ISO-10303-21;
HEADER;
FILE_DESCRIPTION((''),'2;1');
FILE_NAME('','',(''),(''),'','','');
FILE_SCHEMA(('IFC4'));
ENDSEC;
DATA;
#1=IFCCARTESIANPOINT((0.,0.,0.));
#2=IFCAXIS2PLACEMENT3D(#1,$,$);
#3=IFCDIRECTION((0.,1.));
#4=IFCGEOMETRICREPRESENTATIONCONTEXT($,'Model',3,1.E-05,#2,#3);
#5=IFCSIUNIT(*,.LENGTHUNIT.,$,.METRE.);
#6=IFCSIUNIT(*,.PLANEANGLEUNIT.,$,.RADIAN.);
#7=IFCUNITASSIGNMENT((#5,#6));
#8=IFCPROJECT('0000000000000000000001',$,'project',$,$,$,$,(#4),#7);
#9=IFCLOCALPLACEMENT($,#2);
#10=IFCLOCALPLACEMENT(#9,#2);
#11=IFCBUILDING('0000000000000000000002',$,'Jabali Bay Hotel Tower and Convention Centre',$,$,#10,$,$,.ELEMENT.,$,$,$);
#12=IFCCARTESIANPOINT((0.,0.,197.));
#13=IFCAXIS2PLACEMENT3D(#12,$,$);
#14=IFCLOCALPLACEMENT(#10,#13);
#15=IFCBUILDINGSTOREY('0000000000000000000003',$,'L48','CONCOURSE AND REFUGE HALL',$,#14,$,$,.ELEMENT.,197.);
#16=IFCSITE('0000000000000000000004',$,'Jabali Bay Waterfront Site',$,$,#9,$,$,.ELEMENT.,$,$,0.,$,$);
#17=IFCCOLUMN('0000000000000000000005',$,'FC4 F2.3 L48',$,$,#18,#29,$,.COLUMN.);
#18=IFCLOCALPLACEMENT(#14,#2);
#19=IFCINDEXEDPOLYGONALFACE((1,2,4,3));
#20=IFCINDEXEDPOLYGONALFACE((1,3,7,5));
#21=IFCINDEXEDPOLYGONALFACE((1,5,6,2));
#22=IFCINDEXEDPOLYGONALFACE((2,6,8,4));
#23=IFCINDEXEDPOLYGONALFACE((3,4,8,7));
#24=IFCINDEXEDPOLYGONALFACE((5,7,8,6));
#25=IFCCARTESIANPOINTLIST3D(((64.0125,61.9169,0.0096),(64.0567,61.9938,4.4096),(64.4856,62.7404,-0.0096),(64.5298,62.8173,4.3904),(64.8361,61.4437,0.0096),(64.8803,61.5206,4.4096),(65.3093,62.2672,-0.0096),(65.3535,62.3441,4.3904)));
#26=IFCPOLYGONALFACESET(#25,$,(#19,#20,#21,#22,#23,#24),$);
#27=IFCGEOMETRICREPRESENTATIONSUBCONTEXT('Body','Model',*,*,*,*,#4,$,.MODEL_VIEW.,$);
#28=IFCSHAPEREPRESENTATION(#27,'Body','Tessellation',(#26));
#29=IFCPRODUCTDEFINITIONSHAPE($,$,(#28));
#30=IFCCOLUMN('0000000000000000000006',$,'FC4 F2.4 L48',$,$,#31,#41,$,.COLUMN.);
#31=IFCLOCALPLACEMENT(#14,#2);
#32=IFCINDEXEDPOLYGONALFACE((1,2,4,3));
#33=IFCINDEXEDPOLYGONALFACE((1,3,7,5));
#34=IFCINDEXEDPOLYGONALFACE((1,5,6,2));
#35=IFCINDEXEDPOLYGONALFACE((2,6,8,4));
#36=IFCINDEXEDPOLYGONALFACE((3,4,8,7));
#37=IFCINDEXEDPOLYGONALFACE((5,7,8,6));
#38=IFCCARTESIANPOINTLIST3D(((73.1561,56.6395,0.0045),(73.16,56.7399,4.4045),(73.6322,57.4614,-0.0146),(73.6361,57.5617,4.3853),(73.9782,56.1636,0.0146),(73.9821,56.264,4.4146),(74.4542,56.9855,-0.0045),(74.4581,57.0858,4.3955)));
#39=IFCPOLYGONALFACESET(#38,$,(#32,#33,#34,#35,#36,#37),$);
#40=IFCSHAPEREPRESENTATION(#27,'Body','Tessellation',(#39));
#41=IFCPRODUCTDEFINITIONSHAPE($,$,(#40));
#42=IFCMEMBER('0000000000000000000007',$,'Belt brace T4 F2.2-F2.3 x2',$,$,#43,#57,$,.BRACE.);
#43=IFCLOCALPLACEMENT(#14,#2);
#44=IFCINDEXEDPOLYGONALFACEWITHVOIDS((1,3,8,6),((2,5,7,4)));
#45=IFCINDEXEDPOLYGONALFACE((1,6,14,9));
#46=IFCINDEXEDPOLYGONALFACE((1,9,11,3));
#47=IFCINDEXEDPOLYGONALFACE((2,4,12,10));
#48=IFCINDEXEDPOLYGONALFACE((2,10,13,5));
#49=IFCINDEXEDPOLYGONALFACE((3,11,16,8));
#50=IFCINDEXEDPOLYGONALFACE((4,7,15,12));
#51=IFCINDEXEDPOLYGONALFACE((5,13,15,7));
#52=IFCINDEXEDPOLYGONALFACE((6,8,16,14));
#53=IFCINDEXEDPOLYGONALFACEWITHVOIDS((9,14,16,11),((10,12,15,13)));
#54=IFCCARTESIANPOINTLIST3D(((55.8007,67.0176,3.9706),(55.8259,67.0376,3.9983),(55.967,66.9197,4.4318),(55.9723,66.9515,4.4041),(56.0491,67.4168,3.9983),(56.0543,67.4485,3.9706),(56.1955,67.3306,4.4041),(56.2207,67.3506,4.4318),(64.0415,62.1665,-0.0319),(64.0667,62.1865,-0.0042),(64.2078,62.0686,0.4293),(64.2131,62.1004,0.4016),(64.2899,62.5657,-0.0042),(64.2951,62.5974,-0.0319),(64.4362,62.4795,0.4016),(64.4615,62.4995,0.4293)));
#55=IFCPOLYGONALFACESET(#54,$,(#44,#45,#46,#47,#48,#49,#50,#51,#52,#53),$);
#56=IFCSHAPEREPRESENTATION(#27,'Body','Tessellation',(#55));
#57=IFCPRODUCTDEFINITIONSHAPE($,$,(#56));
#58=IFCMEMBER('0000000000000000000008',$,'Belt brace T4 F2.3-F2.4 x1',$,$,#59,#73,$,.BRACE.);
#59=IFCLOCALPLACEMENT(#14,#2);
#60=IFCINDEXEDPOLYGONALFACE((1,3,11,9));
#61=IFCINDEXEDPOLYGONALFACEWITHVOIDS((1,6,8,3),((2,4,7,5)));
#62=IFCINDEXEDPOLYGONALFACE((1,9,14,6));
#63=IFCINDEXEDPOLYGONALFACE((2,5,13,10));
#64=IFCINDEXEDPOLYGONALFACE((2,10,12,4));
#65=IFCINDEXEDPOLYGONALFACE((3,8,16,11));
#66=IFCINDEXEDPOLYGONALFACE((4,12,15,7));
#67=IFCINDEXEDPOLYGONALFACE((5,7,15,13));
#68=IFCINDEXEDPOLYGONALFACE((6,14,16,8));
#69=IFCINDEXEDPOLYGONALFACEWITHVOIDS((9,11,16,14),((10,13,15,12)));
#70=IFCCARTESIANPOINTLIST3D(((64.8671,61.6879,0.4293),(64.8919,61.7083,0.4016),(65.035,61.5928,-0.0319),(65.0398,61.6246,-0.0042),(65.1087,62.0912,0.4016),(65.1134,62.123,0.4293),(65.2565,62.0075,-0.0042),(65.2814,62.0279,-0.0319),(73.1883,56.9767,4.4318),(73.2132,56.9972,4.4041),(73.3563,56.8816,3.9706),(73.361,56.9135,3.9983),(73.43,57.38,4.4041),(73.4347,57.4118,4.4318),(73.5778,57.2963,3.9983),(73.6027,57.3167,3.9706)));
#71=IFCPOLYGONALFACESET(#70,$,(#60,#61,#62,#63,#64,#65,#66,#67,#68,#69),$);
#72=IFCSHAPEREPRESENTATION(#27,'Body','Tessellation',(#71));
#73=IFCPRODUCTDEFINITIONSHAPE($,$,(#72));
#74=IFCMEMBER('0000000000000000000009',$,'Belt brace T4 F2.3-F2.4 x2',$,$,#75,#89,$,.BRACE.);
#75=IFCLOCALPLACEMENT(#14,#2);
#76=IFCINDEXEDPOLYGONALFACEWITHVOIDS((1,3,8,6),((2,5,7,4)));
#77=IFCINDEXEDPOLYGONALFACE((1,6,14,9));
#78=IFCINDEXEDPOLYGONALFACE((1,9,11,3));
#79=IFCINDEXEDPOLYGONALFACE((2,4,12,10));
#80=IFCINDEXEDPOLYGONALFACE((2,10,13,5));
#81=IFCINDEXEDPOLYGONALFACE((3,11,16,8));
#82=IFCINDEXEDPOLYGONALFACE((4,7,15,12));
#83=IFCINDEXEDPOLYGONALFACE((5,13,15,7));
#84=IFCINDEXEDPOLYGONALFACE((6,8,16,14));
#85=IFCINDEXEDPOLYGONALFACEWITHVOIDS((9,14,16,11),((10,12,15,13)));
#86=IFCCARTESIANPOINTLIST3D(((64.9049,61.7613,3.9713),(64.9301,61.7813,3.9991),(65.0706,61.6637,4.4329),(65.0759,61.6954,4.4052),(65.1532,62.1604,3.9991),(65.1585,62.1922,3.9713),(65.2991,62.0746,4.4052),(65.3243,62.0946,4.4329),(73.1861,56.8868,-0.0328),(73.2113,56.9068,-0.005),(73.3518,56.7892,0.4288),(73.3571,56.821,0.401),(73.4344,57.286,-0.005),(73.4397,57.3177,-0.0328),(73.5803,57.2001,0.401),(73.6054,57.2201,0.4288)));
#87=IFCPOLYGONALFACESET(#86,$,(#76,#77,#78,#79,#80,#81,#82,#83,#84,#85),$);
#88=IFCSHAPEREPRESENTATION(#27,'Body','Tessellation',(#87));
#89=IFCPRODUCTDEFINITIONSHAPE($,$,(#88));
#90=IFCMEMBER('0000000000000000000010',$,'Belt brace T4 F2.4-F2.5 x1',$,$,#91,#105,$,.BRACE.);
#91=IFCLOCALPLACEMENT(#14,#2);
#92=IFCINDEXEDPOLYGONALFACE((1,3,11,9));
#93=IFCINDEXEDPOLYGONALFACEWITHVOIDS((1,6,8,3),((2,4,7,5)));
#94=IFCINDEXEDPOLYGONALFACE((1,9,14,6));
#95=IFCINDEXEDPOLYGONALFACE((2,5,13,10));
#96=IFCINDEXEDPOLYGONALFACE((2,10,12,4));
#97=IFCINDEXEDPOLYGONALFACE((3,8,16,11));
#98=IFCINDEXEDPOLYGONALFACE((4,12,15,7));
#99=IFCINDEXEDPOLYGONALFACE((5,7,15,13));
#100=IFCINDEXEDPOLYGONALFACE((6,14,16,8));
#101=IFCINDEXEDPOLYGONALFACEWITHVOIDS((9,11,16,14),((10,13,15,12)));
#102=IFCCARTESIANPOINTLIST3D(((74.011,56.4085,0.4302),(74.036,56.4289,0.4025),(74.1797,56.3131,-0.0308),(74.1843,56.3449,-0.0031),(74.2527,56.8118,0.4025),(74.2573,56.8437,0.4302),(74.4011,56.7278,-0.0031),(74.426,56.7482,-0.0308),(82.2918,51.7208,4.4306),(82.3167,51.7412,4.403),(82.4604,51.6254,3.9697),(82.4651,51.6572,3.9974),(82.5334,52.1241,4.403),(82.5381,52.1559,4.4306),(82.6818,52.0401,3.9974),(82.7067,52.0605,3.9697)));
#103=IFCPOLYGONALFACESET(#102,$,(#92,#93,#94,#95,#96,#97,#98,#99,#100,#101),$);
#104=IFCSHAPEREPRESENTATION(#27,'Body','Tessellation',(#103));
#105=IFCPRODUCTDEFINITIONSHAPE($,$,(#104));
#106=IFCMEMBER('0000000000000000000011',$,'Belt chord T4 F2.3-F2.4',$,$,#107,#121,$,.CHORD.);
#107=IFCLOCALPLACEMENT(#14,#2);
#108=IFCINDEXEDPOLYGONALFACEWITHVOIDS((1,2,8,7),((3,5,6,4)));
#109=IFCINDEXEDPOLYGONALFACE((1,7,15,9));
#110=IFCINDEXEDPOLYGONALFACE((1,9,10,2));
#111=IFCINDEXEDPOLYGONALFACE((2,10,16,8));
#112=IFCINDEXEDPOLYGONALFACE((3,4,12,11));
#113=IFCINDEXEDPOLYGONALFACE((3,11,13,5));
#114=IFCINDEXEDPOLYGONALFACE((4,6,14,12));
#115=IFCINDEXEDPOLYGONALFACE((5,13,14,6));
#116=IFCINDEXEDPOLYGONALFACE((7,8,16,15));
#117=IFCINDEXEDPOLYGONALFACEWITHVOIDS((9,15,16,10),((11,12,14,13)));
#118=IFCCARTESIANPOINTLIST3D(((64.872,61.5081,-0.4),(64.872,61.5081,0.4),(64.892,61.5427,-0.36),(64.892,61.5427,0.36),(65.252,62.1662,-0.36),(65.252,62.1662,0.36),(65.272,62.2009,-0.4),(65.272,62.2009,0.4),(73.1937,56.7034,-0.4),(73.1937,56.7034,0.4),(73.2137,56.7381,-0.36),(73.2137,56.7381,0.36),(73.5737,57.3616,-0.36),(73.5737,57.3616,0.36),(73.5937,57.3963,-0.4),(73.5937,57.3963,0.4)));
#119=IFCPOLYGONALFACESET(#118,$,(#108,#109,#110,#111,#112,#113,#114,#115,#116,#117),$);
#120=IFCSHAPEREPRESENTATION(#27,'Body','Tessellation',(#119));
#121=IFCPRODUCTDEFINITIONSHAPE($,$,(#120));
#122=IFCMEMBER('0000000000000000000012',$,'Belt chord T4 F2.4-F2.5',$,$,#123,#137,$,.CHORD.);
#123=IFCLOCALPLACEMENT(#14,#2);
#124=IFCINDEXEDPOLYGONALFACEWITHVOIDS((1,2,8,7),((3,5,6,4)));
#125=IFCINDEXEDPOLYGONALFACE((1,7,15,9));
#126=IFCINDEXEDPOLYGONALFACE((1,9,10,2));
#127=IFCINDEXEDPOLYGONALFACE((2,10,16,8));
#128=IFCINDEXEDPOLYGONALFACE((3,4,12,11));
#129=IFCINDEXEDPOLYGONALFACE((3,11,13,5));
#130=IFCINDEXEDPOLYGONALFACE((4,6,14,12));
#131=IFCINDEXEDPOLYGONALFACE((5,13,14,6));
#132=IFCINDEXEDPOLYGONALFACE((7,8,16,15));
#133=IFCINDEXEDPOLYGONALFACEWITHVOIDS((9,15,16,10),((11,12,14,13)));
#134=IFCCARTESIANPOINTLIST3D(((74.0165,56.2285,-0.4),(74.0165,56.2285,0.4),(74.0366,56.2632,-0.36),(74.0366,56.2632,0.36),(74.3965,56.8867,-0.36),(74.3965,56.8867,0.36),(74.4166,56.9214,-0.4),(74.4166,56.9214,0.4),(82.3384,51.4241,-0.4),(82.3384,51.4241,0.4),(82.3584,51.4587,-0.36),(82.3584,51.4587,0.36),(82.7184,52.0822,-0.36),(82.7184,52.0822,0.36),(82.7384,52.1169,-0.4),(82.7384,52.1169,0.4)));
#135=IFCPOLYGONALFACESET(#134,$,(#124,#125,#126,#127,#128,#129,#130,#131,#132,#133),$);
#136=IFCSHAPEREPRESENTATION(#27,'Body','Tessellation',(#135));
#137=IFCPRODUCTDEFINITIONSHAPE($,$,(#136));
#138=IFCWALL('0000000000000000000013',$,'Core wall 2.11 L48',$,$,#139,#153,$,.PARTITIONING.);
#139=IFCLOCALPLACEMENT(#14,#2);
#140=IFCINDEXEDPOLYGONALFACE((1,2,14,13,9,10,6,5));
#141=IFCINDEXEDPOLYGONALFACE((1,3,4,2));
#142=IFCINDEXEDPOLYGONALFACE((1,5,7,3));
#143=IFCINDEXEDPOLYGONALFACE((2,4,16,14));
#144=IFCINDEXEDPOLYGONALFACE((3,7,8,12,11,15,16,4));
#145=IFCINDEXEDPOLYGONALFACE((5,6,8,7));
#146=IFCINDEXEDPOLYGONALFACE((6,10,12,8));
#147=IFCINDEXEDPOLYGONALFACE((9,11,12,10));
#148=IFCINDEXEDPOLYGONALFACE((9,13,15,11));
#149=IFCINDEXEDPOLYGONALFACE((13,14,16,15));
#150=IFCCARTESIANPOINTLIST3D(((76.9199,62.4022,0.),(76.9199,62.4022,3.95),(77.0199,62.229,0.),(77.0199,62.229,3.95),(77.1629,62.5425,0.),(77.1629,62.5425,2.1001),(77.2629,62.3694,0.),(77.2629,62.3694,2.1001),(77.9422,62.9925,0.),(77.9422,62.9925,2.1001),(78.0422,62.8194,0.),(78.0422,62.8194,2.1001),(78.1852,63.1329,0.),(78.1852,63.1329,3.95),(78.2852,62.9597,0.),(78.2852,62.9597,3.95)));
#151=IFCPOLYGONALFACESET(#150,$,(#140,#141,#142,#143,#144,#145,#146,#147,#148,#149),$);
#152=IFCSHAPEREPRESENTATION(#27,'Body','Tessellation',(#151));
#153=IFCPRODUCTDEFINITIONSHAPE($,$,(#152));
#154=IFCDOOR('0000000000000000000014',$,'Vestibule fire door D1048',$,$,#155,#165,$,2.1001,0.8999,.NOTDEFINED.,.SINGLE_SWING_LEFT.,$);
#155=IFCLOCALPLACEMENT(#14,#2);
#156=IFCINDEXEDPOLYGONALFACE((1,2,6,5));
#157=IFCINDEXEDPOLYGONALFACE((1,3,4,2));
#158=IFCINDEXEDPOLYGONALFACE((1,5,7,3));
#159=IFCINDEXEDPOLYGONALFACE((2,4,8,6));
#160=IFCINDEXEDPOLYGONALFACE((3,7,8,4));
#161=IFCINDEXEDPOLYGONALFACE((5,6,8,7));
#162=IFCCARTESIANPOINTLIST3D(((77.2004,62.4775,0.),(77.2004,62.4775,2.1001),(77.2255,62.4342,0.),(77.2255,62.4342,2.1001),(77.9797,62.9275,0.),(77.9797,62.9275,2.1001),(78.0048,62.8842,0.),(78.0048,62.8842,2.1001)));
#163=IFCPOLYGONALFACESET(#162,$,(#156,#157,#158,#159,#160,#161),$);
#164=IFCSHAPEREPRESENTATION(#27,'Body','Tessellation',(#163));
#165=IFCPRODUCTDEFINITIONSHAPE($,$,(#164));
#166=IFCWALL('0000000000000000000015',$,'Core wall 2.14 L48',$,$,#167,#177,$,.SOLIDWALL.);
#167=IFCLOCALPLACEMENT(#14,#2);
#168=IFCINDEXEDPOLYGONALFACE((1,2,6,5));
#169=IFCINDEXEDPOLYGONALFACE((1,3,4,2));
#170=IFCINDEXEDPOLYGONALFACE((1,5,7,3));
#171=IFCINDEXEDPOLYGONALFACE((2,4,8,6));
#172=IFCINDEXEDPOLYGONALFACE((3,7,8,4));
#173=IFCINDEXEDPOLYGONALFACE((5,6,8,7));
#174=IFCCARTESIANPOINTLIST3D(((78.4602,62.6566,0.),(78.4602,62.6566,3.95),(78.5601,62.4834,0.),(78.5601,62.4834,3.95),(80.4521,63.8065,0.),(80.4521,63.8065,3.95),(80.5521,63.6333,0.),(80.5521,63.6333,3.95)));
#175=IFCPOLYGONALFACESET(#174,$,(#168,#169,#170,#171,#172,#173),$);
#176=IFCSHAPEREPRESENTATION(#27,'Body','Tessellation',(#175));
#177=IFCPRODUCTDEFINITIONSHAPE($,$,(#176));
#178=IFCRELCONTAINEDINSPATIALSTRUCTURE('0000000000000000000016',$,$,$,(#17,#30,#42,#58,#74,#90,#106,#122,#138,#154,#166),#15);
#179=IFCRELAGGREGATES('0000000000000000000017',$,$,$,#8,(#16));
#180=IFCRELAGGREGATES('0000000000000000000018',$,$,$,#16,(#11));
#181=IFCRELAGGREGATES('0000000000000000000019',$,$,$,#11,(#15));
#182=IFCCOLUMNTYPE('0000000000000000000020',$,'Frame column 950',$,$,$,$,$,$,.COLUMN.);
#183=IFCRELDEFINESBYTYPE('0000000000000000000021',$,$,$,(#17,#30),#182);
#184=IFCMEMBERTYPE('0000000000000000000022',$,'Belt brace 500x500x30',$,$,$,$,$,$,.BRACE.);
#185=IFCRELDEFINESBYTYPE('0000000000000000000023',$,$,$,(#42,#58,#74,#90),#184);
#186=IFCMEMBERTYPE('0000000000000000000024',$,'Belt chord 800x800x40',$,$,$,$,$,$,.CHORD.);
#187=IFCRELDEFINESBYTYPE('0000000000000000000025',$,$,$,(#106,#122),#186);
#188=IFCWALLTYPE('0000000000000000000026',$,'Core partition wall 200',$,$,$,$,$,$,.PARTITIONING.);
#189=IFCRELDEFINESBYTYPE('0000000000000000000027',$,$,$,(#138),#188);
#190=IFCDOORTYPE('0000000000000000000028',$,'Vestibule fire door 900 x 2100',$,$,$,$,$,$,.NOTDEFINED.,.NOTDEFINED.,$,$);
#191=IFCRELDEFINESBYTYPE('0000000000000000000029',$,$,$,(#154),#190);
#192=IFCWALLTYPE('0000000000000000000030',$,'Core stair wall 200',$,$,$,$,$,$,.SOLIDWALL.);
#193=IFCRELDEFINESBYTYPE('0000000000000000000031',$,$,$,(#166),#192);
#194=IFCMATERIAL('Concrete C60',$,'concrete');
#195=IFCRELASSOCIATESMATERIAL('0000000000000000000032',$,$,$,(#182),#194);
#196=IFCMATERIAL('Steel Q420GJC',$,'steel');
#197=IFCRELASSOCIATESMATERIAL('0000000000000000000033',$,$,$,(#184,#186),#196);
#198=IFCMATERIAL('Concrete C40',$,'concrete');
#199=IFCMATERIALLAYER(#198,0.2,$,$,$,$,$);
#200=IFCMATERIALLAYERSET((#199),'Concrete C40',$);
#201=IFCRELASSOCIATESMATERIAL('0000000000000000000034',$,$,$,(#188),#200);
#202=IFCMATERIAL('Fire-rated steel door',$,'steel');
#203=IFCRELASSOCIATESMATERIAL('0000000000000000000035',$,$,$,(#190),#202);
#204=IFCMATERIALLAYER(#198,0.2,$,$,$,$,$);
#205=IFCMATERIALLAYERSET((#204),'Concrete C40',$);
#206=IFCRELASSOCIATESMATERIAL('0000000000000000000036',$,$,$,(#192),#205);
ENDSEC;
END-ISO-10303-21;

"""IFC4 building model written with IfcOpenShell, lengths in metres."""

from ifc_helpers import new_model, si_unit, direction, frame, frame_2d, origin, origin_2d, place, context, subcontext, project, spatial, rectangle, hollow_rectangle, extrude, material, layer, layer_set, material_profile, profile_set, type_object, element, fill, save


model = new_model("IFC4")

# Units and contexts
model_context = context("Model", 3, precision=1e-05, world=origin(), true_north=direction((0.0, 1.0)))
body_context = subcontext(model_context, "Body", "Model", "MODEL_VIEW")
ifc_project = project(units=[si_unit("LENGTHUNIT", "METRE"), si_unit("PLANEANGLEUNIT", "RADIAN")], contexts=[model_context])

# Site, building, storey
site_placement = place(None, origin())
site = spatial("IfcSite", under=ifc_project, at=site_placement, Name="Jabali Bay Waterfront Site", CompositionType="ELEMENT", RefElevation=0.0)
building_placement = place(site_placement, origin())
building = spatial("IfcBuilding", under=site, at=building_placement, Name="Jabali Bay Hotel Tower and Convention Centre", CompositionType="ELEMENT")
storey_placement = place(building_placement, frame((0.0, 0.0, 197.0)))
storey = spatial("IfcBuildingStorey", under=building, at=storey_placement, Name="L48", Description="CONCOURSE AND REFUGE HALL", CompositionType="ELEMENT", Elevation=197.0)

# Columns
ifc_material_1 = material(Name="Concrete C60", Category="concrete")
ifc_material_profile_1 = material_profile(ifc_material_1, rectangle(XDim=0.95, YDim=0.95, at=origin_2d()), Name="Frame column 950")
ifc_profile_set_1 = profile_set([ifc_material_profile_1], Name="Concrete C60")
column_type = type_object("IfcColumnType", Name="Frame column 950", PredefinedType="COLUMN", material=ifc_profile_set_1)
column_1_placement = place(storey_placement, frame((64.6609, 62.092, 0.0), z_axis=(0.010041, 0.017475, 0.999797), x_axis=(-0.867057, 0.498209, 0.0)))
element("IfcColumn", 1, at=column_1_placement, inside=storey, type_object=column_type, Name="FC4 F2.3 L48", PredefinedType="COLUMN", context=body_context, shape_type="SweptSolid", body=[
    extrude(rectangle(XDim=0.95, YDim=0.95, at=origin_2d()), origin(), (0.0, 0.0, 1.0), 4.4009),
])
column_2_placement = place(storey_placement, frame((73.8052, 56.8125, 0.0), z_axis=(0.000888, 0.0228, 0.99974), x_axis=(-0.501113, -0.865147, 0.020175)))
element("IfcColumn", 2, at=column_2_placement, inside=storey, type_object=column_type, Name="FC4 F2.4 L48", PredefinedType="COLUMN", context=body_context, shape_type="SweptSolid", body=[
    extrude(rectangle(XDim=0.95, YDim=0.95, at=origin_2d()), origin(), (0.0, 0.0, 1.0), 4.4011),
])

# Members
ifc_material_2 = material(Name="Steel Q420GJC", Category="steel")
ifc_material_profile_2 = material_profile(ifc_material_2, hollow_rectangle(XDim=0.5, YDim=0.5, WallThickness=0.03, at=origin_2d()), Name="Belt brace 500x500x30")
ifc_profile_set_2 = profile_set([ifc_material_profile_2], Name="Steel Q420GJC")
member_type_1 = type_object("IfcMemberType", Name="Belt brace 500x500x30", PredefinedType="BRACE", material=ifc_profile_set_2)
member_1_placement = place(storey_placement, frame((64.2515, 62.333, 0.1987), z_axis=(-0.794947, 0.467962, 0.386098), x_axis=(-0.507299, -0.86177, 0.0)))
element("IfcMember", 3, at=member_1_placement, inside=storey, type_object=member_type_1, Name="Belt brace T4 F2.2-F2.3 x2", PredefinedType="BRACE", context=body_context, shape_type="SweptSolid", body=[
    extrude(hollow_rectangle(XDim=0.5, YDim=0.5, WallThickness=0.03, at=origin_2d()), origin(), (0.0, 0.0, 1.0), 10.3665),
])
member_2_placement = place(storey_placement, frame((65.0742, 61.8579, 0.1987), z_axis=(0.802731, -0.454474, 0.386104), x_axis=(0.492679, 0.870211, 0.0)))
element("IfcMember", 4, at=member_2_placement, inside=storey, type_object=member_type_1, Name="Belt brace T4 F2.3-F2.4 x1", PredefinedType="BRACE", context=body_context, shape_type="SweptSolid", body=[
    extrude(hollow_rectangle(XDim=0.5, YDim=0.5, WallThickness=0.03, at=origin_2d()), origin(), (0.0, 0.0, 1.0), 10.3662),
])
member_3_placement = place(storey_placement, frame((73.3958, 57.0535, 0.198), z_axis=(-0.79549, 0.468242, 0.384636), x_axis=(-0.507267, -0.861789, 0.0)))
element("IfcMember", 5, at=member_3_placement, inside=storey, type_object=member_type_1, Name="Belt brace T4 F2.3-F2.4 x2", PredefinedType="BRACE", context=body_context, shape_type="SweptSolid", body=[
    extrude(hollow_rectangle(XDim=0.5, YDim=0.5, WallThickness=0.03, at=origin_2d()), origin(), (0.0, 0.0, 1.0), 10.4102),
])
member_4_placement = place(storey_placement, frame((74.2185, 56.5784, 0.1997), z_axis=(0.802221, -0.454138, 0.387558), x_axis=(0.49264, 0.870233, 0.0)))
element("IfcMember", 6, at=member_4_placement, inside=storey, type_object=member_type_1, Name="Belt brace T4 F2.4-F2.5 x1", PredefinedType="BRACE", context=body_context, shape_type="SweptSolid", body=[
    extrude(hollow_rectangle(XDim=0.5, YDim=0.5, WallThickness=0.03, at=origin_2d()), origin(), (0.0, 0.0, 1.0), 10.3223),
])
ifc_material_profile_3 = material_profile(ifc_material_2, hollow_rectangle(XDim=0.8, YDim=0.8, WallThickness=0.04, at=origin_2d()), Name="Belt chord 800x800x40")
ifc_profile_set_3 = profile_set([ifc_material_profile_3], Name="Steel Q420GJC")
member_type_2 = type_object("IfcMemberType", Name="Belt chord 800x800x40", PredefinedType="CHORD", material=ifc_profile_set_3)
for number, where, z_axis, x_axis, name in (
    (7, (65.072, 61.8545, 0.0), (0.866021, -0.500008, 0.0), (0.500008, 0.866021, 0.0), "Belt chord T4 F2.3-F2.4"),
    (8, (74.2166, 56.575, 0.0), (0.866032, -0.499989, 0.0), (0.499989, 0.866032, 0.0), "Belt chord T4 F2.4-F2.5"),
):
    element("IfcMember", number, at=place(storey_placement, frame(where, z_axis=z_axis, x_axis=x_axis)), inside=storey, type_object=member_type_2, Name=name, PredefinedType="CHORD", context=body_context, shape_type="SweptSolid", body=[
        extrude(hollow_rectangle(XDim=0.8, YDim=0.8, WallThickness=0.04, at=origin_2d()), origin(), (0.0, 0.0, 1.0), 9.6091),
    ])

# Wall, opening, door
ifc_material_3 = material(Name="Concrete C40", Category="concrete")
ifc_layer_1 = layer(ifc_material_3, 0.2)
ifc_layer_set_1 = layer_set([ifc_layer_1], Name="Concrete C40")
wall_type_1 = type_object("IfcWallType", Name="Core partition wall 200", PredefinedType="PARTITIONING", material=ifc_layer_set_1)
wall_1_placement = place(storey_placement, frame((76.97, 62.3157, 0.0), z_axis=(0.0, 0.0, 1.0), x_axis=(0.865982, 0.500074, 0.0)))
wall_1 = element("IfcWall", 9, at=wall_1_placement, inside=storey, type_object=wall_type_1, Name="Core wall 2.11 L48", PredefinedType="PARTITIONING", context=body_context, shape_type="SweptSolid", body=[
    extrude(rectangle(XDim=1.4612, YDim=0.2, at=frame_2d((0.7305, 0.0))), origin(), (0.0, 0.0, 1.0), 3.95),
])
opening_placement = place(wall_1_placement, frame((0.2805, 0.0, 0.0)))
opening = element("IfcOpeningElement", 10, at=opening_placement, cuts=wall_1, PredefinedType="OPENING", context=body_context, shape_type="SweptSolid", body=[
    extrude(rectangle(XDim=0.8999, YDim=2.1001, at=frame_2d((0.45, 1.05))), frame((0.0, 0.1104, 0.0), z_axis=(0.0, -1.0, 0.0), x_axis=(1.0, 0.0, 0.0)), (0.0, 0.0, 1.0), 0.2209),
])
ifc_material_4 = material(Name="Fire-rated steel door", Category="steel")
door_type = type_object("IfcDoorType", Name="Vestibule fire door 900 x 2100", OperationType="NOTDEFINED", PredefinedType="NOTDEFINED", material=ifc_material_4)
door_placement = place(opening_placement, origin())
door = element("IfcDoor", 11, at=door_placement, inside=storey, type_object=door_type, Name="Vestibule fire door D1048", OperationType="SINGLE_SWING_LEFT", OverallHeight=2.1001, OverallWidth=0.8999, PredefinedType="NOTDEFINED", context=body_context, shape_type="SweptSolid", body=[
    extrude(rectangle(XDim=0.8999, YDim=2.1001, at=frame_2d((0.45, 1.05))), frame((0.0, 0.0249, 0.0), z_axis=(0.0, -1.0, 0.0), x_axis=(1.0, 0.0, 0.0)), (0.0, 0.0, 1.0), 0.05),
])
fill(opening, door)

# Wall
ifc_layer_2 = layer(ifc_material_3, 0.2)
ifc_layer_set_2 = layer_set([ifc_layer_2], Name="Concrete C40")
wall_type_2 = type_object("IfcWallType", Name="Core stair wall 200", PredefinedType="SOLIDWALL", material=ifc_layer_set_2)
wall_2_placement = place(storey_placement, frame((78.5103, 62.5701, 0.0), z_axis=(0.0, 0.0, 1.0), x_axis=(0.866053, 0.499952, 0.0)))
element("IfcWall", 12, at=wall_2_placement, inside=storey, type_object=wall_type_2, Name="Core wall 2.14 L48", PredefinedType="SOLIDWALL", context=body_context, shape_type="SweptSolid", body=[
    extrude(rectangle(XDim=2.3, YDim=0.2, at=frame_2d((1.1499, 0.0))), origin(), (0.0, 0.0, 1.0), 3.95),
])

save(model, "model.ifc")
